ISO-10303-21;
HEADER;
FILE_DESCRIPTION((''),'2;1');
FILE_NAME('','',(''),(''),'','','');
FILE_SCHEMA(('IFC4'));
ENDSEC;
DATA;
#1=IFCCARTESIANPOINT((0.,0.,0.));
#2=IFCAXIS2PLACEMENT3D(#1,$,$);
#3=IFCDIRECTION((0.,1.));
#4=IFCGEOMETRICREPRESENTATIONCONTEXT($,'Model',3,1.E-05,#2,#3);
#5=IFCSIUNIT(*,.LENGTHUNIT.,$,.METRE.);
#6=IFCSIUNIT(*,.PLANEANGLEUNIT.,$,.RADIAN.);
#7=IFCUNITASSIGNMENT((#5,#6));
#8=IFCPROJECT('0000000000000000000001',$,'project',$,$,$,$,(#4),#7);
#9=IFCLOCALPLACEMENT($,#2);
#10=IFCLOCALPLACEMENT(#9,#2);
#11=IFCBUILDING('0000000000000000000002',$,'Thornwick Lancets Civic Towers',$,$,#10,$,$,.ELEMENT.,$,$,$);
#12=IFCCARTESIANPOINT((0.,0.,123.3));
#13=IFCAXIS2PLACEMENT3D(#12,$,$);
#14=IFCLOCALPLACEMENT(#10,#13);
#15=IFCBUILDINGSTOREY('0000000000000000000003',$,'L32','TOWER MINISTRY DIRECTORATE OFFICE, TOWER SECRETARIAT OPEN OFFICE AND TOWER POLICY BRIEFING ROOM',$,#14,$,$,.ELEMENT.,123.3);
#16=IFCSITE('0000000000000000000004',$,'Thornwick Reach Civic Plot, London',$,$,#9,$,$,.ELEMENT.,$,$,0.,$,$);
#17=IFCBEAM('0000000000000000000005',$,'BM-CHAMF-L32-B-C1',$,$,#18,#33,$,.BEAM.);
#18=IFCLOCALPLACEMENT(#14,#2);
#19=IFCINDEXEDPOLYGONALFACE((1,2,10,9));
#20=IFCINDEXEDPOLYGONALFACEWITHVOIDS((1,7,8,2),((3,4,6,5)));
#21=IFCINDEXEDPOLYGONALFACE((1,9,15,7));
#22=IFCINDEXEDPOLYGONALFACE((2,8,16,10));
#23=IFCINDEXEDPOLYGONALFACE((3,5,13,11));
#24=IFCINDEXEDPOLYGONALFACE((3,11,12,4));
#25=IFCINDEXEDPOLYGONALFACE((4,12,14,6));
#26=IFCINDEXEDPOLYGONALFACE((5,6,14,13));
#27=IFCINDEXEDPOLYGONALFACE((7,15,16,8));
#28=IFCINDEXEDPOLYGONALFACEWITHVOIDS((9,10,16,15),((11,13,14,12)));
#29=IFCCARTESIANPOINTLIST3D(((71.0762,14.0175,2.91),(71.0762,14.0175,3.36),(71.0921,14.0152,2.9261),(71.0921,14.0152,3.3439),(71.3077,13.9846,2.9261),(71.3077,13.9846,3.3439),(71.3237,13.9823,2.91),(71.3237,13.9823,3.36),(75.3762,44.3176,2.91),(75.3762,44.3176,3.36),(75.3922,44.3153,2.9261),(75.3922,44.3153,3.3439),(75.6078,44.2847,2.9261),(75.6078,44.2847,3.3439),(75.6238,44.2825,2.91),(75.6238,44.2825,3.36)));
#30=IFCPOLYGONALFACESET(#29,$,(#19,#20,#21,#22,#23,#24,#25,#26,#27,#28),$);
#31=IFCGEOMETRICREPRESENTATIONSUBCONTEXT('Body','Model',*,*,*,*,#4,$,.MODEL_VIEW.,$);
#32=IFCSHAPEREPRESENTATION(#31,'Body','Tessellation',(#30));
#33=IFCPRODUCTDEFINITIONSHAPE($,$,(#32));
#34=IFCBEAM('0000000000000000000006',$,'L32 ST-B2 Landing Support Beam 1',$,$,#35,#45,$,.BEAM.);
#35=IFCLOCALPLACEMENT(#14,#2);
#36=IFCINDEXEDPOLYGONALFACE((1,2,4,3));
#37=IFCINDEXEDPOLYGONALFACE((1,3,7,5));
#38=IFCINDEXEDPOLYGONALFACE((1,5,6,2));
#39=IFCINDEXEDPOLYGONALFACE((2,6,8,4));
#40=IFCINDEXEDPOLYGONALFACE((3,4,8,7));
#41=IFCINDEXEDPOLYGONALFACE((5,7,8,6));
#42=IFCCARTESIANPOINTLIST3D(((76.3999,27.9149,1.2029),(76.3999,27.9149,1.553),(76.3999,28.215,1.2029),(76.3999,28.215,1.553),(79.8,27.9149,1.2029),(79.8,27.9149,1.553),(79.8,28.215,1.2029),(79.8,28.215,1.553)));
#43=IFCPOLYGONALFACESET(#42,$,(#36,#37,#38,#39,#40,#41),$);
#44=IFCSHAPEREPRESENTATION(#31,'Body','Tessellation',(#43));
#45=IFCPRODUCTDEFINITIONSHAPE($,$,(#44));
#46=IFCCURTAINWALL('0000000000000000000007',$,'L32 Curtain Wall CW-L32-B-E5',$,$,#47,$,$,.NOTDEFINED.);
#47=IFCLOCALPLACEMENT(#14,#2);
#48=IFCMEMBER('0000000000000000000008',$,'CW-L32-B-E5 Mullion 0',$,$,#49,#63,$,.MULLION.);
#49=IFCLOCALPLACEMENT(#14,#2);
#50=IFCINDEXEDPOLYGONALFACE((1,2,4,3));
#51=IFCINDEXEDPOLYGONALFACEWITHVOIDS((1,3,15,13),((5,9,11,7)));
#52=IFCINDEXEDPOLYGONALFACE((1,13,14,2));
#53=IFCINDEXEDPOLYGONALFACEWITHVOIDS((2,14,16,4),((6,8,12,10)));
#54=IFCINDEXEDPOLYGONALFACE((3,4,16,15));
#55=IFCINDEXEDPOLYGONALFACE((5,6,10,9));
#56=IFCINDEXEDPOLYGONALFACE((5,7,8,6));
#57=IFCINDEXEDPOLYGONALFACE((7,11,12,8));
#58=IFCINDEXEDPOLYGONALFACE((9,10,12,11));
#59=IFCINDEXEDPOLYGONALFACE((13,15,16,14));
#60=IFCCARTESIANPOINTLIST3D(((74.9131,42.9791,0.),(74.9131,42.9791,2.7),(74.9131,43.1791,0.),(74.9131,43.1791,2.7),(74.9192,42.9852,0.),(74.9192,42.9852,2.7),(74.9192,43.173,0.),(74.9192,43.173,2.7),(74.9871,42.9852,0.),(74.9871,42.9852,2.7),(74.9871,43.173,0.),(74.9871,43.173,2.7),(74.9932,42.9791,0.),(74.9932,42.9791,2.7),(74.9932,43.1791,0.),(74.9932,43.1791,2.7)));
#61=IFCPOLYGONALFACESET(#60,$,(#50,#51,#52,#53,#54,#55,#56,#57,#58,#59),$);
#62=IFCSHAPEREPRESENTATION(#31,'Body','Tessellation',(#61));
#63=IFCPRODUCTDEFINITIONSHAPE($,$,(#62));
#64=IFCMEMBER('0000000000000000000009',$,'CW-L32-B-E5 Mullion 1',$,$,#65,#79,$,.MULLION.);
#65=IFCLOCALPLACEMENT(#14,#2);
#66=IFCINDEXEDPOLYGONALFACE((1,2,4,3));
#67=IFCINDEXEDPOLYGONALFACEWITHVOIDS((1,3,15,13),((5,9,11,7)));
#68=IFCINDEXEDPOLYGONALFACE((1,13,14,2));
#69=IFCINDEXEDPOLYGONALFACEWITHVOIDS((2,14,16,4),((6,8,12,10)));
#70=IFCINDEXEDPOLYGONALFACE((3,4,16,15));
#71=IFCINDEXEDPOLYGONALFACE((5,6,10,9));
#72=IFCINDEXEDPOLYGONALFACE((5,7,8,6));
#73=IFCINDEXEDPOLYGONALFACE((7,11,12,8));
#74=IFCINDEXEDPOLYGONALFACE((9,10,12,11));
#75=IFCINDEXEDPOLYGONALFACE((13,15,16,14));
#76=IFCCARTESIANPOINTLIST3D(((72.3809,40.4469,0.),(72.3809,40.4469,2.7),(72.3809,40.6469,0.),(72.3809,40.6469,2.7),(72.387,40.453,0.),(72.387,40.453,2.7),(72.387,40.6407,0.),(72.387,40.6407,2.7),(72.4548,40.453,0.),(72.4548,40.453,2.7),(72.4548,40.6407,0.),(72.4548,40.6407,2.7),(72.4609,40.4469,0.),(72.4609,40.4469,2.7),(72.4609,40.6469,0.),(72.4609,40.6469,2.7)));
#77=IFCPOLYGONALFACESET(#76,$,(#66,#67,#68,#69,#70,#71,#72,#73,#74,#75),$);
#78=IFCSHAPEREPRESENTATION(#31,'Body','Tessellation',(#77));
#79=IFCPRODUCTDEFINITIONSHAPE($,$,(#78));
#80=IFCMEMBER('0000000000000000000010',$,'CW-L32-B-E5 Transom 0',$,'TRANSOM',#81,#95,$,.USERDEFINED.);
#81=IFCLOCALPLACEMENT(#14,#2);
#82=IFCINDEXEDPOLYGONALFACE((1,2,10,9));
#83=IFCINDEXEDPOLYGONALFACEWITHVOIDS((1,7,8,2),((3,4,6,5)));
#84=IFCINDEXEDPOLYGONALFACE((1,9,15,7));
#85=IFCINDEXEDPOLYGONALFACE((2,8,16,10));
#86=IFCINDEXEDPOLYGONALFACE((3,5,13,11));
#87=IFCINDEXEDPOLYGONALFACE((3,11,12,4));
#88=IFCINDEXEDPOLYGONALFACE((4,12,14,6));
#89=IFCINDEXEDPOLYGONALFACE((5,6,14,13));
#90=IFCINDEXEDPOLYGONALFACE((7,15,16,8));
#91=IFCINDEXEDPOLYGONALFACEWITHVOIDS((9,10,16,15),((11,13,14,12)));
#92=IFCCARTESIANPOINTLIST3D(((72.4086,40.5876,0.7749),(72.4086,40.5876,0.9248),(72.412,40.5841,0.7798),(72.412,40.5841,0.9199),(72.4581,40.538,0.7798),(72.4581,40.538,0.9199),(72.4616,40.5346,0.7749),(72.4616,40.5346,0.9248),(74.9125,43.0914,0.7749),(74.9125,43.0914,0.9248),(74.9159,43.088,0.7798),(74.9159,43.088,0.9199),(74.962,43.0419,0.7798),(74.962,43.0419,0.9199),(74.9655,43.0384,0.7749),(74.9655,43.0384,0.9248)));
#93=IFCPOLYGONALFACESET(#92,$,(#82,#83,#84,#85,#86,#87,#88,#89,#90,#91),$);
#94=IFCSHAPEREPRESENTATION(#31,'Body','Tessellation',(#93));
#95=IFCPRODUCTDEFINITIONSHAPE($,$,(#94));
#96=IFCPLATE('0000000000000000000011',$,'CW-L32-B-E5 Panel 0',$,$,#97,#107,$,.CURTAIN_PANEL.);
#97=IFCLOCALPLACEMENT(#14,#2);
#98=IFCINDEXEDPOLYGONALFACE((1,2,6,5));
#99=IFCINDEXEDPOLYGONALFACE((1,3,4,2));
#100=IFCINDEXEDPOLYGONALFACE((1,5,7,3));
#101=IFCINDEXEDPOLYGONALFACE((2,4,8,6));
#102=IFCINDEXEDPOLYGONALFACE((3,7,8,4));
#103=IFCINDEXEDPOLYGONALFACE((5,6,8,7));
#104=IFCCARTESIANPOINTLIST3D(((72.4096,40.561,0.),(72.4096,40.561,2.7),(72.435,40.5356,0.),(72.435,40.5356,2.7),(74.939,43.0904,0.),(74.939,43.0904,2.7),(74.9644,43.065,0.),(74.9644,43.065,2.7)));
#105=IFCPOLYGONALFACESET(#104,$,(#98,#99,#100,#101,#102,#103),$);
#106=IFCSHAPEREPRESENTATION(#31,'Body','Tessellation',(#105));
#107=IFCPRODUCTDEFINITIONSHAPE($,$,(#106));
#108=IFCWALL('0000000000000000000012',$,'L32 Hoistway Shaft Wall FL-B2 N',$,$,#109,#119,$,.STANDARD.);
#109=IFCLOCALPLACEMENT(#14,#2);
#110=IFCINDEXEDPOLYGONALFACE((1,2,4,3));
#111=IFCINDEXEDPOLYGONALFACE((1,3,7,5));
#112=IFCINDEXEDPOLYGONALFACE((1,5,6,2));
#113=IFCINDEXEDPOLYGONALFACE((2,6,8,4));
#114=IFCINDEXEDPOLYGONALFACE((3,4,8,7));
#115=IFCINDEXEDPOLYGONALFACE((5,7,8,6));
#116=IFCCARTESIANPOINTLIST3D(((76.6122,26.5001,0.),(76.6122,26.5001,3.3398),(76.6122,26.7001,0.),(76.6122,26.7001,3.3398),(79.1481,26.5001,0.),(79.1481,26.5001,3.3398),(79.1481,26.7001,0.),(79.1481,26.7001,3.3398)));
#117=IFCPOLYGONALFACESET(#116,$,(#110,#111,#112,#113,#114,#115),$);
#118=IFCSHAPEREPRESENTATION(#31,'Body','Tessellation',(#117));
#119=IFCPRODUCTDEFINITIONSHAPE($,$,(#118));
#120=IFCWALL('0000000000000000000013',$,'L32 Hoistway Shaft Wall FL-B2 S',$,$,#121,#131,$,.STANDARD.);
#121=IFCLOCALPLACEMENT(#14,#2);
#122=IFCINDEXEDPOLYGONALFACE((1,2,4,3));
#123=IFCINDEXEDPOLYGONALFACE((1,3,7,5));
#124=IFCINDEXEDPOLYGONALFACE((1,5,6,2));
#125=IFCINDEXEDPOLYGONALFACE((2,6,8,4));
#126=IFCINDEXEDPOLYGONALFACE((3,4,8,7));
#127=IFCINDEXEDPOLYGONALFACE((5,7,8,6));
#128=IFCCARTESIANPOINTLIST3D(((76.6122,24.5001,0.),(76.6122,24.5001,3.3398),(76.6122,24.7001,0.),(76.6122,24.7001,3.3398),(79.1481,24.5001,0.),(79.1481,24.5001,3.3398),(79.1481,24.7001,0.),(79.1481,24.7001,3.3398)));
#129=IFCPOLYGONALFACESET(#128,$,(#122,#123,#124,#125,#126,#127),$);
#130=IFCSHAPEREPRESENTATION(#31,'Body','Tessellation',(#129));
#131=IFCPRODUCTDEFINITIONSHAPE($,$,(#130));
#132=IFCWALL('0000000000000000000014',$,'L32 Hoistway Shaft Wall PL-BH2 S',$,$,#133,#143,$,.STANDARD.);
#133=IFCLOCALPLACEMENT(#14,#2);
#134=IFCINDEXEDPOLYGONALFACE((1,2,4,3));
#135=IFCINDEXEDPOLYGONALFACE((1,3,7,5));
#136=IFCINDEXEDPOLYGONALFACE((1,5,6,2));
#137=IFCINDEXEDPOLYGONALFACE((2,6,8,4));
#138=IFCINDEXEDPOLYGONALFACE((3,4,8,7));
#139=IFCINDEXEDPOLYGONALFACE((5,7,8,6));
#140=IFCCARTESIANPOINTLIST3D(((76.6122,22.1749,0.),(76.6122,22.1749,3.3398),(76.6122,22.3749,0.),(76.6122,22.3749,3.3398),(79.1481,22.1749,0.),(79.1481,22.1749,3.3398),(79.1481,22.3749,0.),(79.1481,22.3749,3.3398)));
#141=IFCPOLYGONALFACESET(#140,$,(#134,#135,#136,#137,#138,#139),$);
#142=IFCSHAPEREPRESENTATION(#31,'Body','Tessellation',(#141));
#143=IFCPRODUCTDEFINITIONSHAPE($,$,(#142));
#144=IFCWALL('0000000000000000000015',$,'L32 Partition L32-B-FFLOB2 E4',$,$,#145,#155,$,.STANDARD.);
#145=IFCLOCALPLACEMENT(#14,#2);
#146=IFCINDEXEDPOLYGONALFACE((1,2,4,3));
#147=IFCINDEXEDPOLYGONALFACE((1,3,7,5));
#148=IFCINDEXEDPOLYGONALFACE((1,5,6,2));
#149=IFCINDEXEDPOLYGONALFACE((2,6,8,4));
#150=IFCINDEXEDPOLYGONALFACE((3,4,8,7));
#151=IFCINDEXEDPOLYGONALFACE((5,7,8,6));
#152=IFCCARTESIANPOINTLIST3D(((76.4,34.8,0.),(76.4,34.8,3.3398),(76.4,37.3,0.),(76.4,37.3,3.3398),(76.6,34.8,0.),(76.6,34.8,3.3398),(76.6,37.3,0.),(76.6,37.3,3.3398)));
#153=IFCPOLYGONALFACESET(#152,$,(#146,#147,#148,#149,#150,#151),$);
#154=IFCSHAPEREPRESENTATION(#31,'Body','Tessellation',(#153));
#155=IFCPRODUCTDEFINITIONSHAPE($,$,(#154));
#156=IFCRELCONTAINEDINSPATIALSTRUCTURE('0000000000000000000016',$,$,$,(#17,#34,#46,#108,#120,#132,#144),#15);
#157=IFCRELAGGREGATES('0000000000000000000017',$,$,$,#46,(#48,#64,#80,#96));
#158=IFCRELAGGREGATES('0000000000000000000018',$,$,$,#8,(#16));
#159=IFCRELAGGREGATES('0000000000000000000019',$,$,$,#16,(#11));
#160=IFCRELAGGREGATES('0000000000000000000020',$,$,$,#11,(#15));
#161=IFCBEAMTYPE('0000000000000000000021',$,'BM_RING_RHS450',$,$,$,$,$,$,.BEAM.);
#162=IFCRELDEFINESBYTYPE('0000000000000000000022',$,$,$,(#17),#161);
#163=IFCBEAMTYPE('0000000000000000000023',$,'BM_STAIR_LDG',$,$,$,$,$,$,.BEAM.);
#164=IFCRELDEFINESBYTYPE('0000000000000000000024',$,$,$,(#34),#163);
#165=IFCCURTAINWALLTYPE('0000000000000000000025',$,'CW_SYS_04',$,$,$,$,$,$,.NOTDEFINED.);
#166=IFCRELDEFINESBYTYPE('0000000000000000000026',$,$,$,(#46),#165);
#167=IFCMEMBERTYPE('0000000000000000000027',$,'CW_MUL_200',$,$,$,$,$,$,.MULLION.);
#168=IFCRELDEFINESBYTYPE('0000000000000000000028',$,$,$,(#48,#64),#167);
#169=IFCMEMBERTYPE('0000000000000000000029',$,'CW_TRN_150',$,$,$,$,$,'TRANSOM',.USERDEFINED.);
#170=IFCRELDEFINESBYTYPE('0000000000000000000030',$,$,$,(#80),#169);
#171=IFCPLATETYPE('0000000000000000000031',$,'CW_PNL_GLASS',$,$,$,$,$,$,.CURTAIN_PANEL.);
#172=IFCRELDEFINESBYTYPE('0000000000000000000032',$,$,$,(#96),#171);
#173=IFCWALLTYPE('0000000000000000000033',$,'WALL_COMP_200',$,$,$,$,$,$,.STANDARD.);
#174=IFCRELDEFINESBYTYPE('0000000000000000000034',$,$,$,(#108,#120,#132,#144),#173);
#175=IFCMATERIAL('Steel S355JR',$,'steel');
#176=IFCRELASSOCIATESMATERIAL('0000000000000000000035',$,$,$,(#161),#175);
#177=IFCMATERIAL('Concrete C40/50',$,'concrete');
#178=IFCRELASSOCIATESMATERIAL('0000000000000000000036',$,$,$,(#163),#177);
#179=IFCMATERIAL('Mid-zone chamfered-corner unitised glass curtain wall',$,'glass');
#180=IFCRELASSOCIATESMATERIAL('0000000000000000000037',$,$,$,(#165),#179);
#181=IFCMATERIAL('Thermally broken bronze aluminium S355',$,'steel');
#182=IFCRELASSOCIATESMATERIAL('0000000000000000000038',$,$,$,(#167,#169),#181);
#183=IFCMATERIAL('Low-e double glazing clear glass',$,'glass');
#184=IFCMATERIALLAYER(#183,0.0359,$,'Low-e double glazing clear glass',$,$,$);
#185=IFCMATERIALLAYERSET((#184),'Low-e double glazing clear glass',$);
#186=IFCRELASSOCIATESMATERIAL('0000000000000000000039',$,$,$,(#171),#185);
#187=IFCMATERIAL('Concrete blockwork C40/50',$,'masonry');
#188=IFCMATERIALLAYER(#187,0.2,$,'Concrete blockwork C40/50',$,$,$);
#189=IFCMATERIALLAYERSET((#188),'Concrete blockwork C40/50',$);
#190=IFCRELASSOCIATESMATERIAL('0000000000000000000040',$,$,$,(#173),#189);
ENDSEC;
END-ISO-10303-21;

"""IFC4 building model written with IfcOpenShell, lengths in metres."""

from ifc_helpers import new_model, si_unit, direction, frame, frame_2d, origin, origin_2d, place, context, subcontext, project, spatial, rectangle, hollow_rectangle, extrude, material, layer, layer_set, material_profile, profile_set, type_object, element, aggregate, save


model = new_model("IFC4")

# Units and contexts
model_context = context("Model", 3, precision=1e-05, world=origin(), true_north=direction((0.0, 1.0)))
body_context = subcontext(model_context, "Body", "Model", "MODEL_VIEW")
ifc_project = project(units=[si_unit("LENGTHUNIT", "METRE"), si_unit("PLANEANGLEUNIT", "RADIAN")], contexts=[model_context])

# Site, building, storey
site_placement = place(None, origin())
site = spatial("IfcSite", under=ifc_project, at=site_placement, Name="Thornwick Reach Civic Plot, London", CompositionType="ELEMENT", RefElevation=0.0)
building_placement = place(site_placement, origin())
building = spatial("IfcBuilding", under=site, at=building_placement, Name="Thornwick Lancets Civic Towers", CompositionType="ELEMENT")
storey_placement = place(building_placement, frame((0.0, 0.0, 123.3)))
storey = spatial("IfcBuildingStorey", under=building, at=storey_placement, Name="L32", Description="TOWER MINISTRY DIRECTORATE OFFICE, TOWER SECRETARIAT OPEN OFFICE AND TOWER POLICY BRIEFING ROOM", CompositionType="ELEMENT", Elevation=123.3)

# Beams
ifc_material_1 = material(Name="Steel S355JR", Category="steel")
ifc_material_profile_1 = material_profile(ifc_material_1, hollow_rectangle(XDim=0.25, YDim=0.45, WallThickness=0.0161, at=origin_2d()), Name="RHS 450x250x16")
ifc_profile_set_1 = profile_set([ifc_material_profile_1], Name="Steel S355JR")
beam_type_1 = type_object("IfcBeamType", Name="BM_RING_RHS450", PredefinedType="BEAM", material=ifc_profile_set_1)
for number, where, z_axis, x_axis, name in (
    (1, (75.5, 44.3, 3.135), (-0.140508, -0.99008, 0.0), (0.99008, -0.140508, 0.0), "BM-CHAMF-L32-B-C1"),
):
    element("IfcBeam", number, at=place(storey_placement, frame(where, z_axis=z_axis, x_axis=x_axis)), inside=storey, type_object=beam_type_1, Name=name, PredefinedType="BEAM", context=body_context, shape_type="SweptSolid", body=[
        extrude(hollow_rectangle(XDim=0.25, YDim=0.45, WallThickness=0.0161, at=origin_2d()), origin(), (0.0, 0.0, 1.0), 30.6038),
    ])
ifc_material_2 = material(Name="Concrete C40/50", Category="concrete")
ifc_material_profile_2 = material_profile(ifc_material_2, rectangle(XDim=0.3, YDim=0.3501, at=origin_2d()), Name="RC 300x350")
ifc_profile_set_2 = profile_set([ifc_material_profile_2], Name="Concrete C40/50")
beam_type_2 = type_object("IfcBeamType", Name="BM_STAIR_LDG", PredefinedType="BEAM", material=ifc_profile_set_2)
beam_1_placement = place(storey_placement, frame((76.3999, 28.0649, 1.3779), z_axis=(1.0, 0.0, 0.0), x_axis=(0.0, 1.0, 0.0)))
element("IfcBeam", 2, at=beam_1_placement, inside=storey, type_object=beam_type_2, Name="L32 ST-B2 Landing Support Beam 1", PredefinedType="BEAM", context=body_context, shape_type="SweptSolid", body=[
    extrude(rectangle(XDim=0.3, YDim=0.3501, at=origin_2d()), origin(), (0.0, 0.0, 1.0), 3.4001),
])

# Curtain wall, members, plate
ifc_material_3 = material(Name="Mid-zone chamfered-corner unitised glass curtain wall", Category="glass")
curtain_wall_type = type_object("IfcCurtainWallType", Name="CW_SYS_04", PredefinedType="NOTDEFINED", material=ifc_material_3)
curtain_wall_placement = place(storey_placement, origin())
curtain_wall = element("IfcCurtainWall", 3, at=curtain_wall_placement, inside=storey, type_object=curtain_wall_type, Name="L32 Curtain Wall CW-L32-B-E5", PredefinedType="NOTDEFINED")
ifc_material_4 = material(Name="Thermally broken bronze aluminium S355", Category="steel")
ifc_material_profile_3 = material_profile(ifc_material_4, hollow_rectangle(XDim=0.0801, YDim=0.2, WallThickness=0.0061, at=origin_2d()), Name="RHS 200x80x6")
ifc_profile_set_3 = profile_set([ifc_material_profile_3], Name="Thermally broken bronze aluminium S355")
member_type_1 = type_object("IfcMemberType", Name="CW_MUL_200", PredefinedType="MULLION", material=ifc_profile_set_3)
member_1_placement = place(storey_placement, frame((74.9531, 43.0791, 0.0), z_axis=(0.0, 0.0, 1.0), x_axis=(1.0, 0.0, 0.0)))
member_1 = element("IfcMember", 4, at=member_1_placement, type_object=member_type_1, Name="CW-L32-B-E5 Mullion 0", PredefinedType="MULLION", context=body_context, shape_type="SweptSolid", body=[
    extrude(hollow_rectangle(XDim=0.0801, YDim=0.2, WallThickness=0.0061, at=origin_2d()), origin(), (0.0, 0.0, 1.0), 2.7),
])
member_2_placement = place(storey_placement, frame((72.4209, 40.5469, 0.0), z_axis=(0.0, 0.0, 1.0), x_axis=(1.0, 0.0, 0.0)))
member_2 = element("IfcMember", 5, at=member_2_placement, type_object=member_type_1, Name="CW-L32-B-E5 Mullion 1", PredefinedType="MULLION", context=body_context, shape_type="SweptSolid", body=[
    extrude(hollow_rectangle(XDim=0.0801, YDim=0.2, WallThickness=0.0061, at=origin_2d()), origin(), (0.0, 0.0, 1.0), 2.7),
])
ifc_material_profile_4 = material_profile(ifc_material_4, hollow_rectangle(XDim=0.075, YDim=0.1499, WallThickness=0.0049, at=origin_2d()), Name="RHS 150x75x5")
ifc_profile_set_4 = profile_set([ifc_material_profile_4], Name="Thermally broken bronze aluminium S355")
member_type_2 = type_object("IfcMemberType", Name="CW_TRN_150", ElementType="TRANSOM", PredefinedType="USERDEFINED", material=ifc_profile_set_4)
member_3_placement = place(storey_placement, frame((74.939, 43.0649, 0.8499), z_axis=(-0.707107, -0.707107, 0.0), x_axis=(0.707107, -0.707107, 0.0)))
member_3 = element("IfcMember", 6, at=member_3_placement, type_object=member_type_2, Name="CW-L32-B-E5 Transom 0", ObjectType="TRANSOM", PredefinedType="USERDEFINED", context=body_context, shape_type="SweptSolid", body=[
    extrude(hollow_rectangle(XDim=0.075, YDim=0.1499, WallThickness=0.0049, at=origin_2d()), origin(), (0.0, 0.0, 1.0), 3.541),
])
ifc_material_5 = material(Name="Low-e double glazing clear glass", Category="glass")
ifc_layer_1 = layer(ifc_material_5, 0.0359, Name="Low-e double glazing clear glass")
ifc_layer_set_1 = layer_set([ifc_layer_1], Name="Low-e double glazing clear glass")
plate_type = type_object("IfcPlateType", Name="CW_PNL_GLASS", PredefinedType="CURTAIN_PANEL", material=ifc_layer_set_1)
plate_placement = place(storey_placement, frame((73.687, 41.813, 0.0), z_axis=(0.0, 0.0, 1.0), x_axis=(-0.707107, -0.707107, 0.0)))
plate = element("IfcPlate", 7, at=plate_placement, type_object=plate_type, Name="CW-L32-B-E5 Panel 0", PredefinedType="CURTAIN_PANEL", context=body_context, shape_type="SweptSolid", body=[
    extrude(rectangle(XDim=3.5771, YDim=0.0359, at=origin_2d()), origin(), (0.0, 0.0, 1.0), 2.7),
])
aggregate(curtain_wall, [member_1, member_2, member_3, plate])

# Walls
ifc_material_6 = material(Name="Concrete blockwork C40/50", Category="masonry")
ifc_layer_2 = layer(ifc_material_6, 0.2, Name="Concrete blockwork C40/50")
ifc_layer_set_2 = layer_set([ifc_layer_2], Name="Concrete blockwork C40/50")
wall_type_1 = type_object("IfcWallType", Name="WALL_COMP_200", PredefinedType="STANDARD", material=ifc_layer_set_2)
for number, where, z_axis, x_axis, name in (
    (8, (76.6121, 26.6001, 0.0), (0.0, 0.0, 1.0), (1.0, 0.0, 0.0), "L32 Hoistway Shaft Wall FL-B2 N"),
    (9, (76.6121, 24.6001, 0.0), (0.0, 0.0, 1.0), (1.0, 0.0, 0.0), "L32 Hoistway Shaft Wall FL-B2 S"),
    (10, (76.6121, 22.2749, 0.0), (0.0, 0.0, 1.0), (1.0, 0.0, 0.0), "L32 Hoistway Shaft Wall PL-BH2 S"),
):
    element("IfcWall", number, at=place(storey_placement, frame(where, z_axis=z_axis, x_axis=x_axis)), inside=storey, type_object=wall_type_1, Name=name, PredefinedType="STANDARD", context=body_context, shape_type="SweptSolid", body=[
        extrude(rectangle(XDim=2.5359, YDim=0.2, at=frame_2d((1.2681, 0.0))), origin(), (0.0, 0.0, 1.0), 3.3398),
    ])
wall_1_placement = place(storey_placement, frame((76.5, 37.3, 0.0), z_axis=(0.0, 0.0, 1.0), x_axis=(0.0, -1.0, 0.0)))
element("IfcWall", 11, at=wall_1_placement, inside=storey, type_object=wall_type_1, Name="L32 Partition L32-B-FFLOB2 E4", PredefinedType="STANDARD", context=body_context, shape_type="SweptSolid", body=[
    extrude(rectangle(XDim=2.5, YDim=0.2, at=frame_2d((1.25, 0.0))), origin(), (0.0, 0.0, 1.0), 3.3398),
])

save(model, "model.ifc")
